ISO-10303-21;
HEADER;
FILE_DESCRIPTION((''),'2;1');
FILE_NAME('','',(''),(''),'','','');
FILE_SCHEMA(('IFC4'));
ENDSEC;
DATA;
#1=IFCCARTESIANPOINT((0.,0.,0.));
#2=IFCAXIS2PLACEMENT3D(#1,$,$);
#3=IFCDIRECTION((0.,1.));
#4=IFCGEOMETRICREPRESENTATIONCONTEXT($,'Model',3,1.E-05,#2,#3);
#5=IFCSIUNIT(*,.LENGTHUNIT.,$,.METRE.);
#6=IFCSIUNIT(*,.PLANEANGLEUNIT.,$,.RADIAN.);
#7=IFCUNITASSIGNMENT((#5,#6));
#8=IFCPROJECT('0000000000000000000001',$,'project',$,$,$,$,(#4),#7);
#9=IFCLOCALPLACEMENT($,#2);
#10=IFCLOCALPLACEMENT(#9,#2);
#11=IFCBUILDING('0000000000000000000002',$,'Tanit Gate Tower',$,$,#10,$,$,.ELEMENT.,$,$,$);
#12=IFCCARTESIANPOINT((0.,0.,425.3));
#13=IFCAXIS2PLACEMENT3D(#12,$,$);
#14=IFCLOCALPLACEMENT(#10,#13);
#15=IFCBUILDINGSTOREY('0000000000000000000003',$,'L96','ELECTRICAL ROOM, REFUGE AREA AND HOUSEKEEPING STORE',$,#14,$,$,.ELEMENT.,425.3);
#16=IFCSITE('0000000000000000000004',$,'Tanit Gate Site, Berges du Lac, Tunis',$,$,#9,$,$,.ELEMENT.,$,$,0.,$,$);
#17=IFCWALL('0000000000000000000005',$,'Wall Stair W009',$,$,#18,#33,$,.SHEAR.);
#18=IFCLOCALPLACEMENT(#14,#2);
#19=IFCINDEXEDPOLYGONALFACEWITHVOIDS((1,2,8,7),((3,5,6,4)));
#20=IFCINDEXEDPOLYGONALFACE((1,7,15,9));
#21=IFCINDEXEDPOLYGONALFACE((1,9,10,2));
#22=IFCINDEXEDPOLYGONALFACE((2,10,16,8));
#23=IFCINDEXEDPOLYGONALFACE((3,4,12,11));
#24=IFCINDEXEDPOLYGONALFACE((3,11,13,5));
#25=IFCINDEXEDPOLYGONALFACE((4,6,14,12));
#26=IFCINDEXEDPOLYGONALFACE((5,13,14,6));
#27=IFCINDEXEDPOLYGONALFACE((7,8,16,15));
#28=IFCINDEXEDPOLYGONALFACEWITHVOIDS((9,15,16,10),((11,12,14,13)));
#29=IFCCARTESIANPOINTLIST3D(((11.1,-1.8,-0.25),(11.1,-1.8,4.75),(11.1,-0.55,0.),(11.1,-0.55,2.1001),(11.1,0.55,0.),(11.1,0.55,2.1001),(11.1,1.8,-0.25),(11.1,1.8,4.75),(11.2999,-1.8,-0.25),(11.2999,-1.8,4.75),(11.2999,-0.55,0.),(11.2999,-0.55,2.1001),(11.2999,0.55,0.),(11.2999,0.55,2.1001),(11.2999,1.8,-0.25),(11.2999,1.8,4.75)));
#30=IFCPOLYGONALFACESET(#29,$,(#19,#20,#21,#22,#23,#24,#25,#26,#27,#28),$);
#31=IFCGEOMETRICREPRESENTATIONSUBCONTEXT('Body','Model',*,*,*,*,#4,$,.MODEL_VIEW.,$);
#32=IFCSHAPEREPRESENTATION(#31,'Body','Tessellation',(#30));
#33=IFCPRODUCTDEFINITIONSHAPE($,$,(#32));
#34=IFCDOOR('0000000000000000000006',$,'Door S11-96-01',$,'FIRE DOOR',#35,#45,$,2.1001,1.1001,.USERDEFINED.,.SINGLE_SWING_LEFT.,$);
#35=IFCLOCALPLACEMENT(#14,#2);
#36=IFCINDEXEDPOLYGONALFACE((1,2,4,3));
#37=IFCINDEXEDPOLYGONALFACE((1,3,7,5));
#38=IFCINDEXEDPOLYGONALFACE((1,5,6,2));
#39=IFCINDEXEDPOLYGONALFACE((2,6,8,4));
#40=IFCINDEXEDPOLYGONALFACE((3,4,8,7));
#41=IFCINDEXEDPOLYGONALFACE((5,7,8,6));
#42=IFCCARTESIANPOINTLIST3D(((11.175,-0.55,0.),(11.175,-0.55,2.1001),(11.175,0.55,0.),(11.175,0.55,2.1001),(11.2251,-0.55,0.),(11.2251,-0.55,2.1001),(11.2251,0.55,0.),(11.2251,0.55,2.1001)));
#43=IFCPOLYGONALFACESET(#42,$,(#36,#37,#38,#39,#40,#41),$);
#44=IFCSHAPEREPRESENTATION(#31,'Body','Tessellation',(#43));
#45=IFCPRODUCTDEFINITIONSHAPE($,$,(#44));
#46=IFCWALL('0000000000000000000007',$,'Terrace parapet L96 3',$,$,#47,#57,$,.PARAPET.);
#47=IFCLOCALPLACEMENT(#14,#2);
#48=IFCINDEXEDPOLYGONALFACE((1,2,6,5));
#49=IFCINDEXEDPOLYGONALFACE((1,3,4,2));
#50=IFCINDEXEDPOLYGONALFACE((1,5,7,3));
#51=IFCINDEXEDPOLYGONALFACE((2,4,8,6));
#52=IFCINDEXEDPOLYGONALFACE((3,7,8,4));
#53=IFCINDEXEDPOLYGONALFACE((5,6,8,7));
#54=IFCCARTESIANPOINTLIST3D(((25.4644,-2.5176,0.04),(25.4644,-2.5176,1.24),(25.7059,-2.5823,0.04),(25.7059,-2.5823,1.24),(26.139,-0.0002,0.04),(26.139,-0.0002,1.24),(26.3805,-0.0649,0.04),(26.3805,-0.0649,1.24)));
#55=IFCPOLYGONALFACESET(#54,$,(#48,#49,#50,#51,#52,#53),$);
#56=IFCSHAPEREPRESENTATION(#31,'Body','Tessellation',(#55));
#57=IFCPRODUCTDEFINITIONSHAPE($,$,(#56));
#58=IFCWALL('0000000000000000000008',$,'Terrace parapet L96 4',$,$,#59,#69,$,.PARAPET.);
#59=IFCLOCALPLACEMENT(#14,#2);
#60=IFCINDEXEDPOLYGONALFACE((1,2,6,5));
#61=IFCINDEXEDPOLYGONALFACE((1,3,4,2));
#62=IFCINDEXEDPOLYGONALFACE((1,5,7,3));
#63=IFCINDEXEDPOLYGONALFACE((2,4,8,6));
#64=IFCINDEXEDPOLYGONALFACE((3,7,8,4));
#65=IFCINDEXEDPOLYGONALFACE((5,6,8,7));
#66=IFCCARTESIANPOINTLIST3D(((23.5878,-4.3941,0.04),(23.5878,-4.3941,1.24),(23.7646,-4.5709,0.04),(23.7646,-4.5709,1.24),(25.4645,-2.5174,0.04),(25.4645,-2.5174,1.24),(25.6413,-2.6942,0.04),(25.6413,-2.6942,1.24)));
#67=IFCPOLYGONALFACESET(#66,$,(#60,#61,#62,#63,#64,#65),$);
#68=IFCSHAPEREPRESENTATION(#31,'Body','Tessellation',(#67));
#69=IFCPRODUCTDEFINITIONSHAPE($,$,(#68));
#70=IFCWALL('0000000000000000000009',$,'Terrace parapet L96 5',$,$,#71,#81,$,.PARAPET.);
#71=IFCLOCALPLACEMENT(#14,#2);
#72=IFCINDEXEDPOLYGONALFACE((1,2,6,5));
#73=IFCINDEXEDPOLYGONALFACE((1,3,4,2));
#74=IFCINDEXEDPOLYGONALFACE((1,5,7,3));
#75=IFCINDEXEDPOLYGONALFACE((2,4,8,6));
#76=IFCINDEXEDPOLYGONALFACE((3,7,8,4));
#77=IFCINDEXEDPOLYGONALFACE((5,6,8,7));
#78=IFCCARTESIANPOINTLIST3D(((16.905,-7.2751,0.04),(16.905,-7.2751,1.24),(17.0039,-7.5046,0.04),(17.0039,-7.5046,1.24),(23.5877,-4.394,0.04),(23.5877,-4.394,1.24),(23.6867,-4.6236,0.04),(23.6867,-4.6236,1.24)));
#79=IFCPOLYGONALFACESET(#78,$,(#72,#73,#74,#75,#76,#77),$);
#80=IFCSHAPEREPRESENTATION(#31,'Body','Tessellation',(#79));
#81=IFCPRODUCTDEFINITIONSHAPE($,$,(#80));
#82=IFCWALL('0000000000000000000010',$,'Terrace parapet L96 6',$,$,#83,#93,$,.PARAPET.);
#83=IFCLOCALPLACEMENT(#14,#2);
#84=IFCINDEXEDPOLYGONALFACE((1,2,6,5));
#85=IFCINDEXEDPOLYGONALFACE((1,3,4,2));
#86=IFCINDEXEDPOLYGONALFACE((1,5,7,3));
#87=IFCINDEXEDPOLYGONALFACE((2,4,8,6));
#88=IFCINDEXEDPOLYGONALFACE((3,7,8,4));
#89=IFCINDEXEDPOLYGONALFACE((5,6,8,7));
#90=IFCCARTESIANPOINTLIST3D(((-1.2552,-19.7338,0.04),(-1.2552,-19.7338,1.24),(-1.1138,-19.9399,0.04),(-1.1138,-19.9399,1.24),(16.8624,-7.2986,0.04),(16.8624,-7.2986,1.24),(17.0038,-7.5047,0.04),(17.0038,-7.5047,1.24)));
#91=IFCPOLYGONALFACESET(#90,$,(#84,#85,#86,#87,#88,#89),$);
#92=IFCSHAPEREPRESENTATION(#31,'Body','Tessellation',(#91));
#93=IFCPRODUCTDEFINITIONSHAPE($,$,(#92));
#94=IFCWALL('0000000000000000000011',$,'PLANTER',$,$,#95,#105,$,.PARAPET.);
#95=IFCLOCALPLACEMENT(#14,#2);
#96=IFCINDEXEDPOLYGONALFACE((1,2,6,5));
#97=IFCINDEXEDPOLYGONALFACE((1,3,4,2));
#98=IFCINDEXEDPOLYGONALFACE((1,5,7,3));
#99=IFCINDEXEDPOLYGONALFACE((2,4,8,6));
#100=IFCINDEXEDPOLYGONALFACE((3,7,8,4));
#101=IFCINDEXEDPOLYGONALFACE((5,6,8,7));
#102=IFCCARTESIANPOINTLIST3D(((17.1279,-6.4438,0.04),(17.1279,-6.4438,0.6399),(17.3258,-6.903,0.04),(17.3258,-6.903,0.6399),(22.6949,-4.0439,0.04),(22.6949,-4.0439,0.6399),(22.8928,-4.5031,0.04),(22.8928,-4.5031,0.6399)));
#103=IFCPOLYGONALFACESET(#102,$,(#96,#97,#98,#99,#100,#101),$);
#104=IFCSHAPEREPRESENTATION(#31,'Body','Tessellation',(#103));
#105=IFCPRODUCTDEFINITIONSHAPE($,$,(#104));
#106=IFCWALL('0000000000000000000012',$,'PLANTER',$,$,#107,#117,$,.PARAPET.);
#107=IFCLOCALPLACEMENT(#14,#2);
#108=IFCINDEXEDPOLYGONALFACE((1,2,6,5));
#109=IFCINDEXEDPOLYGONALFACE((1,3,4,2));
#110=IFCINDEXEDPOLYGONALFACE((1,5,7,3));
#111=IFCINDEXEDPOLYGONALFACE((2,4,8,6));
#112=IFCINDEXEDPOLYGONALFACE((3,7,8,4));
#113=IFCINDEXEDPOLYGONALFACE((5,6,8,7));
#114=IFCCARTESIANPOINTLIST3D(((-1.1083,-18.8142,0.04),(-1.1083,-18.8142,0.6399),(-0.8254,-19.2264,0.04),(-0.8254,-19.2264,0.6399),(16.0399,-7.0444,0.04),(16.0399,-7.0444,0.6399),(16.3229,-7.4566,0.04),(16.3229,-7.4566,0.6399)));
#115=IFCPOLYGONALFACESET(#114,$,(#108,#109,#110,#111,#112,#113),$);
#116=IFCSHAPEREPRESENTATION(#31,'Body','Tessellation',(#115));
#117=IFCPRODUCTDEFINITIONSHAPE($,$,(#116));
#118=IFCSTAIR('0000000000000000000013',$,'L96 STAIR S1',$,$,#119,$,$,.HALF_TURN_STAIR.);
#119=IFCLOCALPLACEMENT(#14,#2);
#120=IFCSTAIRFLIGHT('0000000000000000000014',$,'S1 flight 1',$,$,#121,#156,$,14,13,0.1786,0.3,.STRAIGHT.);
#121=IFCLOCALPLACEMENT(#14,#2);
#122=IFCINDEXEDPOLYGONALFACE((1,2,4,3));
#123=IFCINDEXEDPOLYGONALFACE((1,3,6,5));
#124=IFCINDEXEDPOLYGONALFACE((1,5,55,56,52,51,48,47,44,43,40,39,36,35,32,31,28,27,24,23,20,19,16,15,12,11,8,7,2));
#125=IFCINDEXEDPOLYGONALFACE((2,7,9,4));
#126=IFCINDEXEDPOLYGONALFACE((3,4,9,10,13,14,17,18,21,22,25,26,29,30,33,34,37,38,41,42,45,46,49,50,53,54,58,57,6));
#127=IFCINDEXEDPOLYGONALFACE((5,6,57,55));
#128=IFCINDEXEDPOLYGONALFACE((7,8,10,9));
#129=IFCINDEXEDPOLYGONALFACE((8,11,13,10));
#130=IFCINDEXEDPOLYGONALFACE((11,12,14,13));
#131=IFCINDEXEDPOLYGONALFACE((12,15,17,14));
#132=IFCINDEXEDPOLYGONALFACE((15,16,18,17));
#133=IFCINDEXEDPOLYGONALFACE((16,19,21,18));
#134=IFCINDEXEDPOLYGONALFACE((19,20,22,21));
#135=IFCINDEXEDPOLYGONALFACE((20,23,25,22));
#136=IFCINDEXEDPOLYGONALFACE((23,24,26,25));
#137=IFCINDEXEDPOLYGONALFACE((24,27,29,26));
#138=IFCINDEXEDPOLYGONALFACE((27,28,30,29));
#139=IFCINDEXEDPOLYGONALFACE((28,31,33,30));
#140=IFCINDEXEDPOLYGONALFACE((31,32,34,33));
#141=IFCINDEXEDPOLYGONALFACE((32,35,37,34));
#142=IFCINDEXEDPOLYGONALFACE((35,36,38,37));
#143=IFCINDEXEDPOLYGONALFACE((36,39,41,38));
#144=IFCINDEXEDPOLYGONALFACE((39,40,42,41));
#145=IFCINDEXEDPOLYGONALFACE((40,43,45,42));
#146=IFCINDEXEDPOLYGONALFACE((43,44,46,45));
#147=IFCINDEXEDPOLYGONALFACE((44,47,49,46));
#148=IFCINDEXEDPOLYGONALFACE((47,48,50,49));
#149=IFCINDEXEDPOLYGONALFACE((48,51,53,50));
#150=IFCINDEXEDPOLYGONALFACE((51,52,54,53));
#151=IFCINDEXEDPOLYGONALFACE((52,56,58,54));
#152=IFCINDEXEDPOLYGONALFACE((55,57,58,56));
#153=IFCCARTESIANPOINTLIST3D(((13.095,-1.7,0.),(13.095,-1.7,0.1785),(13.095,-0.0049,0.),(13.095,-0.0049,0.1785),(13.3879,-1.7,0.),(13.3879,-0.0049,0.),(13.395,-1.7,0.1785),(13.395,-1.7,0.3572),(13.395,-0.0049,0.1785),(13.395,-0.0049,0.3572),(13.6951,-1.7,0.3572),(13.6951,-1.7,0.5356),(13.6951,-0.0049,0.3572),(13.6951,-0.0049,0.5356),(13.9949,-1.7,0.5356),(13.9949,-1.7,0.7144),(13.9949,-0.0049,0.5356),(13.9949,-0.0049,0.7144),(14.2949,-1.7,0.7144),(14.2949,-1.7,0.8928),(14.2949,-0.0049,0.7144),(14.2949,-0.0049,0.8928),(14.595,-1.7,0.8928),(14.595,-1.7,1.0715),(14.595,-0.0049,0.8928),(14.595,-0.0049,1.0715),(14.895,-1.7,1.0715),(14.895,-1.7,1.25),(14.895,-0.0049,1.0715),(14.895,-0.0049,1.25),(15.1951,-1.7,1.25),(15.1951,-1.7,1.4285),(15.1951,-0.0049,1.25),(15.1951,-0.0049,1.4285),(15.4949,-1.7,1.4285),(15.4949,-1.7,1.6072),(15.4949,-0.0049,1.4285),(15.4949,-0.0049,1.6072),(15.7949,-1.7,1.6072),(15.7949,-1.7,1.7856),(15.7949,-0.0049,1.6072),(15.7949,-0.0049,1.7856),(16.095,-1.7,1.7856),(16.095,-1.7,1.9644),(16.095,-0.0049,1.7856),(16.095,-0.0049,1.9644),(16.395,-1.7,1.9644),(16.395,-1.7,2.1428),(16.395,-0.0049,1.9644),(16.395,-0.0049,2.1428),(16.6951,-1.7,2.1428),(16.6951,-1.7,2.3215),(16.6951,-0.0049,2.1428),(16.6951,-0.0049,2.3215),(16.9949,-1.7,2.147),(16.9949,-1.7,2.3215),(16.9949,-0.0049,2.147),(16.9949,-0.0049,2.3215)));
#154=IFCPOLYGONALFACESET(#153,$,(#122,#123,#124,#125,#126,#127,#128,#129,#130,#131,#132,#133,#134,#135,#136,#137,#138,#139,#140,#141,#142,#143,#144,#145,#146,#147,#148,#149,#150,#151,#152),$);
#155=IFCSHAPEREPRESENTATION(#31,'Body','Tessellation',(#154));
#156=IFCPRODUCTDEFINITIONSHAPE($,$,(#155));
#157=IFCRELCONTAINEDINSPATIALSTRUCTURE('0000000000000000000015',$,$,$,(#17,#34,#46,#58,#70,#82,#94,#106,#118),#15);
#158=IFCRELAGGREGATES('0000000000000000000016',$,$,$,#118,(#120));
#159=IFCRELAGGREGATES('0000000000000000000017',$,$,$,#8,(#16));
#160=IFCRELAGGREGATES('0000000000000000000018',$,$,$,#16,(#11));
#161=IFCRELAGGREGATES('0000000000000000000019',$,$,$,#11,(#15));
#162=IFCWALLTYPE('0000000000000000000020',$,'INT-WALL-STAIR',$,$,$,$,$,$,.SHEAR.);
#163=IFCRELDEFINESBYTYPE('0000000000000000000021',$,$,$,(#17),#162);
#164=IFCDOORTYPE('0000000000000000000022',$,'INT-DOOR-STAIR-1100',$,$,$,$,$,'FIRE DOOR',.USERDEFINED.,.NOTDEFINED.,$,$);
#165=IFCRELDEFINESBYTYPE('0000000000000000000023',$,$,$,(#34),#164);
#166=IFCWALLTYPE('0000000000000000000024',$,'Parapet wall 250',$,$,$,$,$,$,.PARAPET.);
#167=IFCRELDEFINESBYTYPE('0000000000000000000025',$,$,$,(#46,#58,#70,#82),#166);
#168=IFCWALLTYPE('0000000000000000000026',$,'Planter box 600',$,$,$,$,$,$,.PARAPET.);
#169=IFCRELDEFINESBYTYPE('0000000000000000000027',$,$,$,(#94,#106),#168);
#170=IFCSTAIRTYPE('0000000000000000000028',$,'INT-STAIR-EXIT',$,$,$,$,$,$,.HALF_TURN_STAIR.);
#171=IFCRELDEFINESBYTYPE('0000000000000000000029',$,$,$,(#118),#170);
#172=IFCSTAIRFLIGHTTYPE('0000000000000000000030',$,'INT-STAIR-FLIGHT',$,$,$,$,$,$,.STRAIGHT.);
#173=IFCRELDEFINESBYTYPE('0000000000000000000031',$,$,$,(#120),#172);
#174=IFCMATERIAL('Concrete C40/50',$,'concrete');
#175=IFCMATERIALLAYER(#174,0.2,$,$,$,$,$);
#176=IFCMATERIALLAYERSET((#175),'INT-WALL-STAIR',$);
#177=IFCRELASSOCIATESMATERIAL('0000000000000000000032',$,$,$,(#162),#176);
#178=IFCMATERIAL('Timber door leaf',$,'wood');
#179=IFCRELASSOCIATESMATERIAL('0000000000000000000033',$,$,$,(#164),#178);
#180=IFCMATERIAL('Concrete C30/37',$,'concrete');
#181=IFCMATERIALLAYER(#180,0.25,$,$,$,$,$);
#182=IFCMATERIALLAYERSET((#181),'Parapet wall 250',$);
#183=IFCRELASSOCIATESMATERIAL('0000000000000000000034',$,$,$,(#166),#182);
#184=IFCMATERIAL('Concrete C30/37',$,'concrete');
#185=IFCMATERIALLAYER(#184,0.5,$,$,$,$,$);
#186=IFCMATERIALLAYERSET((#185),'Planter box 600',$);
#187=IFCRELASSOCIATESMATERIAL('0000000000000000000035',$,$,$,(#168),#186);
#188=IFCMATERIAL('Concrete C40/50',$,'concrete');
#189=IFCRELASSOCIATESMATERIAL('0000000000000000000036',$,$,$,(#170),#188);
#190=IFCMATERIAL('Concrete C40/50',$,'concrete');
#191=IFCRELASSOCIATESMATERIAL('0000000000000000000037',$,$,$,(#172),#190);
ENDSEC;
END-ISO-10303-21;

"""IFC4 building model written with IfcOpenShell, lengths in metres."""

from ifc_helpers import new_model, si_unit, direction, frame, frame_2d, origin, place, context, subcontext, project, spatial, polyline, rectangle, outline, extrude, material, layer, layer_set, type_object, element, fill, aggregate, save


model = new_model("IFC4")

# Units and contexts
model_context = context("Model", 3, precision=1e-05, world=origin(), true_north=direction((0.0, 1.0)))
body_context = subcontext(model_context, "Body", "Model", "MODEL_VIEW")
ifc_project = project(units=[si_unit("LENGTHUNIT", "METRE"), si_unit("PLANEANGLEUNIT", "RADIAN")], contexts=[model_context])

# Site, building, storey
site_placement = place(None, origin())
site = spatial("IfcSite", under=ifc_project, at=site_placement, Name="Tanit Gate Site, Berges du Lac, Tunis", CompositionType="ELEMENT", RefElevation=0.0)
building_placement = place(site_placement, origin())
building = spatial("IfcBuilding", under=site, at=building_placement, Name="Tanit Gate Tower", CompositionType="ELEMENT")
storey_placement = place(building_placement, frame((0.0, 0.0, 425.3)))
storey = spatial("IfcBuildingStorey", under=building, at=storey_placement, Name="L96", Description="ELECTRICAL ROOM, REFUGE AREA AND HOUSEKEEPING STORE", CompositionType="ELEMENT", Elevation=425.3)

# Shared definitions
ifc_material_1 = material(Name="Concrete C40/50", Category="concrete")
ifc_layer_1 = layer(ifc_material_1, 0.2)
ifc_layer_set_1 = layer_set([ifc_layer_1], Name="INT-WALL-STAIR")
wall_type_1 = type_object("IfcWallType", Name="INT-WALL-STAIR", PredefinedType="SHEAR", material=ifc_layer_set_1)

# Wall, opening, door
wall_1_placement = place(storey_placement, frame((11.2, -1.8, -0.25), z_axis=(0.0, 0.0, 1.0), x_axis=(0.0, 1.0, 0.0)))
wall_1 = element("IfcWall", 1, at=wall_1_placement, inside=storey, type_object=wall_type_1, Name="Wall Stair W009", PredefinedType="SHEAR", context=body_context, shape_type="SweptSolid", body=[
    extrude(rectangle(XDim=3.6001, YDim=0.2, at=frame_2d((1.8, 0.0))), origin(), (0.0, 0.0, 1.0), 5.0),
])
opening_1_placement = place(wall_1_placement, frame((1.25, 0.0, 0.25)))
opening_1 = element("IfcOpeningElement", 2, at=opening_1_placement, cuts=wall_1, PredefinedType="OPENING", context=body_context, shape_type="SweptSolid", body=[
    extrude(rectangle(XDim=1.1001, YDim=2.1001, at=frame_2d((0.55, 1.05))), frame((0.0, 0.1099, 0.0), z_axis=(0.0, -1.0, 0.0), x_axis=(1.0, 0.0, 0.0)), (0.0, 0.0, 1.0), 0.22),
])
ifc_material_2 = material(Name="Timber door leaf", Category="wood")
door_type_1 = type_object("IfcDoorType", Name="INT-DOOR-STAIR-1100", ElementType="FIRE DOOR", OperationType="NOTDEFINED", PredefinedType="USERDEFINED", material=ifc_material_2)
door_1_placement = place(opening_1_placement, origin())
door_1 = element("IfcDoor", 3, at=door_1_placement, inside=storey, type_object=door_type_1, Name="Door S11-96-01", ObjectType="FIRE DOOR", OperationType="SINGLE_SWING_LEFT", OverallHeight=2.1001, OverallWidth=1.1001, PredefinedType="USERDEFINED", context=body_context, shape_type="SweptSolid", body=[
    extrude(rectangle(XDim=1.1001, YDim=2.1001, at=frame_2d((0.55, 1.05))), frame((0.0, 0.0249, 0.0), z_axis=(0.0, -1.0, 0.0), x_axis=(1.0, 0.0, 0.0)), (0.0, 0.0, 1.0), 0.05),
])
fill(opening_1, door_1)

# Walls
ifc_material_3 = material(Name="Concrete C30/37", Category="concrete")
ifc_layer_2 = layer(ifc_material_3, 0.25)
ifc_layer_set_2 = layer_set([ifc_layer_2], Name="Parapet wall 250")
wall_type_2 = type_object("IfcWallType", Name="Parapet wall 250", PredefinedType="PARAPET", material=ifc_layer_set_2)
wall_2_placement = place(storey_placement, frame((26.2598, -0.0325, 0.04), z_axis=(0.0, 0.0, 1.0), x_axis=(-0.258834, -0.965922, 0.0)))
element("IfcWall", 4, at=wall_2_placement, inside=storey, type_object=wall_type_2, Name="Terrace parapet L96 3", PredefinedType="PARAPET", context=body_context, shape_type="SweptSolid", body=[
    extrude(rectangle(XDim=2.6062, YDim=0.25, at=frame_2d((1.3032, 0.0))), origin(), (0.0, 0.0, 1.0), 1.2),
])
wall_3_placement = place(storey_placement, frame((25.553, -2.6057, 0.04), z_axis=(0.0, 0.0, 1.0), x_axis=(-0.707107, -0.707107, 0.0)))
element("IfcWall", 5, at=wall_3_placement, inside=storey, type_object=wall_type_2, Name="Terrace parapet L96 4", PredefinedType="PARAPET", context=body_context, shape_type="SweptSolid", body=[
    extrude(rectangle(XDim=2.6541, YDim=0.25, at=frame_2d((1.3271, 0.0))), origin(), (0.0, 0.0, 1.0), 1.2),
])
wall_4_placement = place(storey_placement, frame((23.6372, -4.5088, 0.04), z_axis=(0.0, 0.0, 1.0), x_axis=(-0.918296, -0.395894, 0.0)))
element("IfcWall", 6, at=wall_4_placement, inside=storey, type_object=wall_type_2, Name="Terrace parapet L96 5", PredefinedType="PARAPET", context=body_context, shape_type="SweptSolid", body=[
    extrude(rectangle(XDim=7.2773, YDim=0.25, at=frame_2d((3.6387, 0.0))), origin(), (0.0, 0.0, 1.0), 1.2),
])
wall_5_placement = place(storey_placement, frame((16.9331, -7.4016, 0.04), z_axis=(0.0, 0.0, 1.0), x_axis=(-0.824479, -0.565892, 0.0)))
element("IfcWall", 7, at=wall_5_placement, inside=storey, type_object=wall_type_2, Name="Terrace parapet L96 6", PredefinedType="PARAPET", context=body_context, shape_type="SweptSolid", body=[
    extrude(rectangle(XDim=21.9746, YDim=0.25, at=frame_2d((10.9873, 0.0))), origin(), (0.0, 0.0, 1.0), 1.2),
])
ifc_material_4 = material(Name="Concrete C30/37", Category="concrete")
ifc_layer_3 = layer(ifc_material_4, 0.5)
ifc_layer_set_3 = layer_set([ifc_layer_3], Name="Planter box 600")
wall_type_3 = type_object("IfcWallType", Name="Planter box 600", PredefinedType="PARAPET", material=ifc_layer_set_3)
wall_6_placement = place(storey_placement, frame((22.7939, -4.2734, 0.04), z_axis=(0.0, 0.0, 1.0), x_axis=(-0.918301, -0.395882, 0.0)))
element("IfcWall", 8, at=wall_6_placement, inside=storey, type_object=wall_type_3, Name="PLANTER", PredefinedType="PARAPET", context=body_context, shape_type="SweptSolid", body=[
    extrude(rectangle(XDim=6.0623, YDim=0.5, at=frame_2d((3.0312, 0.0))), origin(), (0.0, 0.0, 1.0), 0.5999),
])
wall_7_placement = place(storey_placement, frame((16.1814, -7.2505, 0.04), z_axis=(0.0, 0.0, 1.0), x_axis=(-0.824482, -0.565888, 0.0)))
element("IfcWall", 9, at=wall_7_placement, inside=storey, type_object=wall_type_3, Name="PLANTER", PredefinedType="PARAPET", context=body_context, shape_type="SweptSolid", body=[
    extrude(rectangle(XDim=20.7988, YDim=0.5, at=frame_2d((10.3994, 0.0))), origin(), (0.0, 0.0, 1.0), 0.5999),
])

# Stair, stair flight
ifc_material_5 = material(Name="Concrete C40/50", Category="concrete")
stair_type = type_object("IfcStairType", Name="INT-STAIR-EXIT", PredefinedType="HALF_TURN_STAIR", material=ifc_material_5)
stair_placement = place(storey_placement, origin())
stair = element("IfcStair", 10, at=stair_placement, inside=storey, type_object=stair_type, Name="L96 STAIR S1", PredefinedType="HALF_TURN_STAIR")
ifc_material_6 = material(Name="Concrete C40/50", Category="concrete")
stair_flight_type = type_object("IfcStairFlightType", Name="INT-STAIR-FLIGHT", PredefinedType="STRAIGHT", material=ifc_material_6)
stair_flight_placement = place(storey_placement, frame((13.095, -0.8525, 0.0), z_axis=(0.0, 0.0, 1.0), x_axis=(1.0, 0.0, 0.0)))
stair_flight = element("IfcStairFlight", 11, at=stair_flight_placement, type_object=stair_flight_type, Name="S1 flight 1", NumberOfRisers=14, NumberOfTreads=13, PredefinedType="STRAIGHT", RiserHeight=0.1786, TreadLength=0.3, context=body_context, shape_type="SweptSolid", body=[
    extrude(outline(polyline([(0.0, 0.0), (0.0, 0.1785), (0.3, 0.1785), (0.3, 0.3572), (0.6001, 0.3572), (0.6001, 0.5356), (0.8999, 0.5356), (0.8999, 0.7144), (1.2, 0.7144), (1.2, 0.8928), (1.5, 0.8928), (1.5, 1.0715), (1.8, 1.0715), (1.8, 1.25), (2.1001, 1.25), (2.1001, 1.4285), (2.3999, 1.4285), (2.3999, 1.6072), (2.7, 1.6072), (2.7, 1.7856), (3.0, 1.7856), (3.0, 1.9644), (3.3, 1.9644), (3.3, 2.1428), (3.6001, 2.1428), (3.6001, 2.3215), (3.8999, 2.3215), (3.8999, 2.5), (3.8999, 2.147), (0.293, 0.0), (0.0, 0.0)])), frame((0.0, 0.8477, 0.0), z_axis=(0.0, -1.0, 0.0), x_axis=(1.0, 0.0, 0.0)), (0.0, 0.0, 1.0), 1.6951),
])
aggregate(stair, [stair_flight])

save(model, "model.ifc")
